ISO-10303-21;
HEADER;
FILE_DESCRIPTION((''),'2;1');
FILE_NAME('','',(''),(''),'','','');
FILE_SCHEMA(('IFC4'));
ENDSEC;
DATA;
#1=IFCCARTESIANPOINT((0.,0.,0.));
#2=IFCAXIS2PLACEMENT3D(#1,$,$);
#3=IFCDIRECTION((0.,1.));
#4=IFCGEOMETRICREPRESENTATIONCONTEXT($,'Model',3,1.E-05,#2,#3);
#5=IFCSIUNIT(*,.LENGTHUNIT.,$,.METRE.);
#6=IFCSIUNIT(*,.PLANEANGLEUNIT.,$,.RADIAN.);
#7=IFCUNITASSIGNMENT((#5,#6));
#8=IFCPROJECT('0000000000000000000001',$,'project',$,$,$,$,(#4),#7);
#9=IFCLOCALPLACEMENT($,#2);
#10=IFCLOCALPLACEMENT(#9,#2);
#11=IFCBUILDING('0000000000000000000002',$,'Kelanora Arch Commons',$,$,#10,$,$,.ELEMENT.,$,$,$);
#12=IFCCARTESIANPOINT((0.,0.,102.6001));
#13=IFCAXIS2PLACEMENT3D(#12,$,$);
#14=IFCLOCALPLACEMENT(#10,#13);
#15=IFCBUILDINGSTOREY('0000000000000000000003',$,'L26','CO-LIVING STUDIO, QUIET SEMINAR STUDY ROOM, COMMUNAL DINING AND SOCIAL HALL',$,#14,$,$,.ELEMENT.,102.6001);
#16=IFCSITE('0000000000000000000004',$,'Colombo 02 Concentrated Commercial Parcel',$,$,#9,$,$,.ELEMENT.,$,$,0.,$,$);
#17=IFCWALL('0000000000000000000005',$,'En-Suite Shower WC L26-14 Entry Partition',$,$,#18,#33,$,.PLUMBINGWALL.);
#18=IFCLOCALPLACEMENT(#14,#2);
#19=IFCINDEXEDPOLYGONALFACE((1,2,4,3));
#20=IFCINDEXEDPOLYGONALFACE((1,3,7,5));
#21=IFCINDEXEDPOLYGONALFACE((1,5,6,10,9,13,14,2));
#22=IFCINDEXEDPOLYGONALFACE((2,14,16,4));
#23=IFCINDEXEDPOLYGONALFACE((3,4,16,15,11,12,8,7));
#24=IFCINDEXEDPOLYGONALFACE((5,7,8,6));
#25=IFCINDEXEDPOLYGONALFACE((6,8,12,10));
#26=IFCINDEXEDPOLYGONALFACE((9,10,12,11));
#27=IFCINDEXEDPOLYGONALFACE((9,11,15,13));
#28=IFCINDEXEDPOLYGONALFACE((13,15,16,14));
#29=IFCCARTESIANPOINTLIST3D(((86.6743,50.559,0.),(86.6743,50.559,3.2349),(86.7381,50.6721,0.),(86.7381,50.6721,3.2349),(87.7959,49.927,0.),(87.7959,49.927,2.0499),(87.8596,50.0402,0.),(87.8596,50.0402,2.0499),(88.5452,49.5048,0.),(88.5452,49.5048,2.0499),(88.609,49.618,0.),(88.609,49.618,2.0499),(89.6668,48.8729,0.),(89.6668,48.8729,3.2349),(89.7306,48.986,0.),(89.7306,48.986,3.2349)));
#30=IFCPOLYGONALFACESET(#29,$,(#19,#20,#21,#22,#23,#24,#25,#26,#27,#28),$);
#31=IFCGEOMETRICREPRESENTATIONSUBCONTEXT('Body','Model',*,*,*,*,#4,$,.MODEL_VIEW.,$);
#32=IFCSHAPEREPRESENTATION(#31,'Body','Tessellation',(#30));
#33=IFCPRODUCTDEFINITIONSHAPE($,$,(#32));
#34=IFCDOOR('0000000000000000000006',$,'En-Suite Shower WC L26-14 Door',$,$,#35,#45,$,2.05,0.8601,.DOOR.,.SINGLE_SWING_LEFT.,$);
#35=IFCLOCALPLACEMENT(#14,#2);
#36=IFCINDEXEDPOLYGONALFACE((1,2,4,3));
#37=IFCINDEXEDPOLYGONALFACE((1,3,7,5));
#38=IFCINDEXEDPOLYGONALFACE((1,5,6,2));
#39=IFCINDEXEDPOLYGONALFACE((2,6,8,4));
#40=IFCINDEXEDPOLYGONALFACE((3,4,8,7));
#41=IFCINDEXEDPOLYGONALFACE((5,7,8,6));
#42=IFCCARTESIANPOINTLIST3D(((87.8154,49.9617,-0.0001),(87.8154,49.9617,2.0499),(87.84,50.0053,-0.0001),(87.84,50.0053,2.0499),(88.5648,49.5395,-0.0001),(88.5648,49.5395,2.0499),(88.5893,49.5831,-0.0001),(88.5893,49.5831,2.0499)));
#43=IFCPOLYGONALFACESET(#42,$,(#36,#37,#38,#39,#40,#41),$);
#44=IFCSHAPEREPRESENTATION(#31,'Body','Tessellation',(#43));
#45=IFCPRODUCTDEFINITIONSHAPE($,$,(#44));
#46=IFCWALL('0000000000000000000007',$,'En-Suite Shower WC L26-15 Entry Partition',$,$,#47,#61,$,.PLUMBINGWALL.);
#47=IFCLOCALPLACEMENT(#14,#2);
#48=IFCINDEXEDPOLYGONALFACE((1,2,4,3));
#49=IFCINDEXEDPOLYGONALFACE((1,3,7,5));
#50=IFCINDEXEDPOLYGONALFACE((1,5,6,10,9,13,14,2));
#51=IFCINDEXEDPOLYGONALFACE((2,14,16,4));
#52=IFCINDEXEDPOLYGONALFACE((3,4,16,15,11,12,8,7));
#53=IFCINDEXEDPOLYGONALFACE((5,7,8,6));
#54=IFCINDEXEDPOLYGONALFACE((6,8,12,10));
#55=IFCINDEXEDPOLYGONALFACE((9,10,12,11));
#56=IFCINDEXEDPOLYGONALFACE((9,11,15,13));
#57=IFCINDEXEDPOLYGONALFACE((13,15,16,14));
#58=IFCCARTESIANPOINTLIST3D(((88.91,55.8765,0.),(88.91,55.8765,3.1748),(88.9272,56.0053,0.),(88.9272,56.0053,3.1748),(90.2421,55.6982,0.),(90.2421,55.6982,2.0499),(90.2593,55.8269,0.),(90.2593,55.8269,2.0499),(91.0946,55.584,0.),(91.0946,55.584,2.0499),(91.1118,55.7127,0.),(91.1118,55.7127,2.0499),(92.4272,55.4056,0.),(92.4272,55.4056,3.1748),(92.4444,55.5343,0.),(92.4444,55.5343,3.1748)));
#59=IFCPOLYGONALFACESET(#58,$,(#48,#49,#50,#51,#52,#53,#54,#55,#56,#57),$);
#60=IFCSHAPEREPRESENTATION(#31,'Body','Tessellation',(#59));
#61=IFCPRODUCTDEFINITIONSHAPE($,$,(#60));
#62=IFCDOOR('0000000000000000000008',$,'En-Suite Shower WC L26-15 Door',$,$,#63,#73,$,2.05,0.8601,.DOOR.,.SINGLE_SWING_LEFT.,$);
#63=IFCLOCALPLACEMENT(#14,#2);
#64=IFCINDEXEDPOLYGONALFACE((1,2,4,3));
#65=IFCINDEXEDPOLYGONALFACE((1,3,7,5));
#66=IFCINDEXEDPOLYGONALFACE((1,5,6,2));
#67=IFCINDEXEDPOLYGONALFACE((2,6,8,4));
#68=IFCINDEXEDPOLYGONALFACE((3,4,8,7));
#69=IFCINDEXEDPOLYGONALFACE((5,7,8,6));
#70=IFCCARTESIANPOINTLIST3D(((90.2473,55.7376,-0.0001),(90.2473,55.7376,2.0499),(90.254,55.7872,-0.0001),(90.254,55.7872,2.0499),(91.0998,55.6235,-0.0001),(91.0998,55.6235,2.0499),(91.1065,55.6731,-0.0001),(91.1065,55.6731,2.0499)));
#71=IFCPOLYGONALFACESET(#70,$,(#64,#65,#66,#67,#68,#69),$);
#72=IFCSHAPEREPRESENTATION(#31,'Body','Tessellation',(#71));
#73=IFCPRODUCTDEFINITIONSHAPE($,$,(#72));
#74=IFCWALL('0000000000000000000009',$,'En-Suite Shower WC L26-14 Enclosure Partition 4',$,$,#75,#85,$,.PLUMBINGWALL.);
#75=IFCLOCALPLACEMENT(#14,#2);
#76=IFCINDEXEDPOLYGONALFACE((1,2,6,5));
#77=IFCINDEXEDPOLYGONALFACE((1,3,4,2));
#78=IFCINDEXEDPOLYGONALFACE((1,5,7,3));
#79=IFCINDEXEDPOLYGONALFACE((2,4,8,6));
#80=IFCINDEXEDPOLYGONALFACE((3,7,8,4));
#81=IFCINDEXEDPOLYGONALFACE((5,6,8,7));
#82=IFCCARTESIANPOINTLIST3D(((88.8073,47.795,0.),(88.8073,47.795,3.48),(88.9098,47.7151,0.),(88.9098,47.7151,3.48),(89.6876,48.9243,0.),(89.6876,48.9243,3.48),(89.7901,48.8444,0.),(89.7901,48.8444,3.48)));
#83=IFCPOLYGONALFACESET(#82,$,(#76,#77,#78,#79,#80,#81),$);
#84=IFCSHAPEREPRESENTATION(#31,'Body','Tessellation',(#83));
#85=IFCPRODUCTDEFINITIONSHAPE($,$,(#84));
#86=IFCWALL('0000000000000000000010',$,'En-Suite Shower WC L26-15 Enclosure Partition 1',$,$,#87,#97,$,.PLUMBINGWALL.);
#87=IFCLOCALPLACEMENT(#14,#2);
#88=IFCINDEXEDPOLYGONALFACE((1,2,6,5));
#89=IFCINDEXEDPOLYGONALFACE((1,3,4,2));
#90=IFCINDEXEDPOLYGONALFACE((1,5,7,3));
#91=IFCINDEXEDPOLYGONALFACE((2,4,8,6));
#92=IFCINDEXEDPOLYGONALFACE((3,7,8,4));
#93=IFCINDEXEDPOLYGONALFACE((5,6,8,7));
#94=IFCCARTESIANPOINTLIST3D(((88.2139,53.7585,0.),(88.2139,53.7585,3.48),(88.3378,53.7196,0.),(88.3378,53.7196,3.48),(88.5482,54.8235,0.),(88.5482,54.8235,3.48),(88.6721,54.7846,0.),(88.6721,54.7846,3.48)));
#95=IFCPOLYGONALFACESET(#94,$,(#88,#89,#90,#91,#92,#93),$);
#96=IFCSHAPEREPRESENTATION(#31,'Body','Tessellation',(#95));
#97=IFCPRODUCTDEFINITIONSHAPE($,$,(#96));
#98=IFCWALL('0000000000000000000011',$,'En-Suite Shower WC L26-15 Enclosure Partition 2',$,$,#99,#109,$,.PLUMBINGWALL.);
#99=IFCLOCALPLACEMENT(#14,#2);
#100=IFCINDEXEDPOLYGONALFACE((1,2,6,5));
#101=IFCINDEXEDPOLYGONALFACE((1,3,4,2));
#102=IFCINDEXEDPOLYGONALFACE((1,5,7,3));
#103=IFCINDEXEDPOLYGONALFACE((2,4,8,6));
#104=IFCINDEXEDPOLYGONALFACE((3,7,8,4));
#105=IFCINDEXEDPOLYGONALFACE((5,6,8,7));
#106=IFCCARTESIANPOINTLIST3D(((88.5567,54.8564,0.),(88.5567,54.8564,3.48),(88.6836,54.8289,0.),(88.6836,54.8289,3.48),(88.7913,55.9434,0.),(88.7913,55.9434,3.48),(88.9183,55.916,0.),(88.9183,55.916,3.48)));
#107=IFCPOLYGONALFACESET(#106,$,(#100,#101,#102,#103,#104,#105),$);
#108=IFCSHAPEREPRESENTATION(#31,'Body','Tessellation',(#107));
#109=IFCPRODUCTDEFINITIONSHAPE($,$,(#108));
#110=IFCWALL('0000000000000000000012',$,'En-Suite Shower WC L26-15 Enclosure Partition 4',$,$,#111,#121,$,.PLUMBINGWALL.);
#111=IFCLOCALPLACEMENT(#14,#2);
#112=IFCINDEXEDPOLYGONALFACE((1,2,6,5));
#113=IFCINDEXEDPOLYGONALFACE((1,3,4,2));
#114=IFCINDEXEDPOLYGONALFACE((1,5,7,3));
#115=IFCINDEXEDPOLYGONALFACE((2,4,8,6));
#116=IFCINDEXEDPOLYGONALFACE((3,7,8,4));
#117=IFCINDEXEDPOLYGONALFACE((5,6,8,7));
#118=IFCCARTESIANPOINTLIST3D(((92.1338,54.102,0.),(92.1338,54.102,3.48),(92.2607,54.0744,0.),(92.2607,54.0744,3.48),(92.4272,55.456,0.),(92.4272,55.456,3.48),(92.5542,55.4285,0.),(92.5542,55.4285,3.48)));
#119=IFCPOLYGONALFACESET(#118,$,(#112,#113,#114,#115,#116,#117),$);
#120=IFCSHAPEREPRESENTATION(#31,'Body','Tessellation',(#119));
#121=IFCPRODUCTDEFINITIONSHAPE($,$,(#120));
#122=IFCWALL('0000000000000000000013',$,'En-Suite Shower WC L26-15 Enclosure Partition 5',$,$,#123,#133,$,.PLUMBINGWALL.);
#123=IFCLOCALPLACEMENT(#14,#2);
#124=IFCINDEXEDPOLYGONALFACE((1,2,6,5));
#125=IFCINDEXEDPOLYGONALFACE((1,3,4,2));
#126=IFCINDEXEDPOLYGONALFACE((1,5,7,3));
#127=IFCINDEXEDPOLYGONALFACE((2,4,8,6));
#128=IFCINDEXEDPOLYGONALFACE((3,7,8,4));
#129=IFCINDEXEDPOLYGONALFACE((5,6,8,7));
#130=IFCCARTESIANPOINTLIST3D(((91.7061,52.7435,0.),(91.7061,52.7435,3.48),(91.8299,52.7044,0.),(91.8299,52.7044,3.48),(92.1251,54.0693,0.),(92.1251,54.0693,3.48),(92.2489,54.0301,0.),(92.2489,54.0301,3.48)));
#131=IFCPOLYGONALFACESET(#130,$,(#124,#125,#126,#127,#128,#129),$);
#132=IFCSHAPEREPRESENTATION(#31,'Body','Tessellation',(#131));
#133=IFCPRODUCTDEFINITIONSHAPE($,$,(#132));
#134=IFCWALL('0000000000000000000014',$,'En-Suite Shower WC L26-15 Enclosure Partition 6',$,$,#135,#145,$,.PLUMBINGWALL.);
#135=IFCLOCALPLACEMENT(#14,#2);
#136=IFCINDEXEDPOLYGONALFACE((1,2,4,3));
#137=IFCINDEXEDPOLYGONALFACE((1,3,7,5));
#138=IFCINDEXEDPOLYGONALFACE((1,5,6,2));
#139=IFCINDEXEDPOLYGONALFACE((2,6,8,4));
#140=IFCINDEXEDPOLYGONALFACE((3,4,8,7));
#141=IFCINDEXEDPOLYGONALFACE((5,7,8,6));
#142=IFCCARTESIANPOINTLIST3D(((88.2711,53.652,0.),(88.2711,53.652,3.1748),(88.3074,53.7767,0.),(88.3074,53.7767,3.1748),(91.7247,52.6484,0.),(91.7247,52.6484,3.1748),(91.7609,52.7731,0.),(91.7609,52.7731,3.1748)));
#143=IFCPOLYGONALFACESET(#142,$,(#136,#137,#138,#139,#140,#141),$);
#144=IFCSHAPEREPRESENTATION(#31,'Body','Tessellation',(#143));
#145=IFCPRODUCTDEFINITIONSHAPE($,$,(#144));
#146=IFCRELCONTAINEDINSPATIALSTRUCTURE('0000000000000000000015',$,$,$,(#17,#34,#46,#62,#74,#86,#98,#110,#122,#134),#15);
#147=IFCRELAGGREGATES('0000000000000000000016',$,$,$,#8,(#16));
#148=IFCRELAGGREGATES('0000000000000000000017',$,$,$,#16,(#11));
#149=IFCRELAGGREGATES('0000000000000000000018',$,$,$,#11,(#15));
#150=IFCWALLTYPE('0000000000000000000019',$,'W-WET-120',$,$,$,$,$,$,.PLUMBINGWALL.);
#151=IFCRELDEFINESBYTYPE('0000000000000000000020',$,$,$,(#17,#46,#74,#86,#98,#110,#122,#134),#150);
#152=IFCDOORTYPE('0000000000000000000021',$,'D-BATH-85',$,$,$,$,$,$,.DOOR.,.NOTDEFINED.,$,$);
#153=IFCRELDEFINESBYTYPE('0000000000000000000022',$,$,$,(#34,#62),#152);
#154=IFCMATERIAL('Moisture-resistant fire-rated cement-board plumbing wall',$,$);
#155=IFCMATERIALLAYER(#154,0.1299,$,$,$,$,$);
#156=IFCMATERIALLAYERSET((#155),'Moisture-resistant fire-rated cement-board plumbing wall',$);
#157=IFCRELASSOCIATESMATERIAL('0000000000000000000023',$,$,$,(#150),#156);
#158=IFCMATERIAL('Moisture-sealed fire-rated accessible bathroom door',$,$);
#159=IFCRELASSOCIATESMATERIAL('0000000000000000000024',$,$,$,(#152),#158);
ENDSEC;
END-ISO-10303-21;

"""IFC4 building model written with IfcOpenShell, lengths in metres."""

from ifc_helpers import new_model, si_unit, direction, frame, frame_2d, origin, place, context, subcontext, project, spatial, rectangle, extrude, material, layer, layer_set, type_object, element, fill, save


model = new_model("IFC4")

# Units and contexts
model_context = context("Model", 3, precision=1e-05, world=origin(), true_north=direction((0.0, 1.0)))
body_context = subcontext(model_context, "Body", "Model", "MODEL_VIEW")
ifc_project = project(units=[si_unit("LENGTHUNIT", "METRE"), si_unit("PLANEANGLEUNIT", "RADIAN")], contexts=[model_context])

# Site, building, storey
site_placement = place(None, origin())
site = spatial("IfcSite", under=ifc_project, at=site_placement, Name="Colombo 02 Concentrated Commercial Parcel", CompositionType="ELEMENT", RefElevation=0.0)
building_placement = place(site_placement, origin())
building = spatial("IfcBuilding", under=site, at=building_placement, Name="Kelanora Arch Commons", CompositionType="ELEMENT")
storey_placement = place(building_placement, frame((0.0, 0.0, 102.6001)))
storey = spatial("IfcBuildingStorey", under=building, at=storey_placement, Name="L26", Description="CO-LIVING STUDIO, QUIET SEMINAR STUDY ROOM, COMMUNAL DINING AND SOCIAL HALL", CompositionType="ELEMENT", Elevation=102.6001)

# Walls, openings, doors
ifc_material_1 = material(Name="Moisture-resistant fire-rated cement-board plumbing wall")
ifc_layer_1 = layer(ifc_material_1, 0.1299)
ifc_layer_set_1 = layer_set([ifc_layer_1], Name="Moisture-resistant fire-rated cement-board plumbing wall")
wall_type_1 = type_object("IfcWallType", Name="W-WET-120", PredefinedType="PLUMBINGWALL", material=ifc_layer_set_1)
wall_1_placement = place(storey_placement, frame((86.7063, 50.6155, 0.0), z_axis=(0.0, 0.0, 1.0), x_axis=(0.871228, -0.490879, 0.0)))
wall_1 = element("IfcWall", 1, at=wall_1_placement, inside=storey, type_object=wall_type_1, Name="En-Suite Shower WC L26-14 Entry Partition", PredefinedType="PLUMBINGWALL", context=body_context, shape_type="SweptSolid", body=[
    extrude(rectangle(XDim=3.4348, YDim=0.1299, at=frame_2d((1.7173, 0.0))), origin(), (0.0, 0.0, 1.0), 3.2349),
])
opening_1_placement = place(wall_1_placement, frame((1.2871, 0.0, 0.0)))
opening_1 = element("IfcOpeningElement", 2, at=opening_1_placement, cuts=wall_1, PredefinedType="OPENING", context=body_context, shape_type="SweptSolid", body=[
    extrude(rectangle(XDim=0.8601, YDim=2.05, at=frame_2d((0.4302, 1.0249))), frame((0.0, 0.075, 0.0), z_axis=(0.0, -1.0, 0.0), x_axis=(1.0, 0.0, 0.0)), (0.0, 0.0, 1.0), 0.1499),
])
ifc_material_2 = material(Name="Moisture-sealed fire-rated accessible bathroom door")
door_type_1 = type_object("IfcDoorType", Name="D-BATH-85", OperationType="NOTDEFINED", PredefinedType="DOOR", material=ifc_material_2)
door_1_placement = place(opening_1_placement, origin())
door_1 = element("IfcDoor", 3, at=door_1_placement, inside=storey, type_object=door_type_1, Name="En-Suite Shower WC L26-14 Door", OperationType="SINGLE_SWING_LEFT", OverallHeight=2.05, OverallWidth=0.8601, PredefinedType="DOOR", context=body_context, shape_type="SweptSolid", body=[
    extrude(rectangle(XDim=0.8601, YDim=2.05, at=frame_2d((0.4302, 1.0249))), frame((0.0, 0.0249, 0.0), z_axis=(0.0, -1.0, 0.0), x_axis=(1.0, 0.0, 0.0)), (0.0, 0.0, 1.0), 0.05),
])
fill(opening_1, door_1)
wall_2_placement = place(storey_placement, frame((88.9185, 55.9409, 0.0), z_axis=(0.0, 0.0, 1.0), x_axis=(0.991154, -0.132718, 0.0)))
wall_2 = element("IfcWall", 4, at=wall_2_placement, inside=storey, type_object=wall_type_1, Name="En-Suite Shower WC L26-15 Entry Partition", PredefinedType="PLUMBINGWALL", context=body_context, shape_type="SweptSolid", body=[
    extrude(rectangle(XDim=3.5486, YDim=0.1299, at=frame_2d((1.7744, 0.0))), origin(), (0.0, 0.0, 1.0), 3.1748),
])
opening_2_placement = place(wall_2_placement, frame((1.344, 0.0, 0.0)))
opening_2 = element("IfcOpeningElement", 5, at=opening_2_placement, cuts=wall_2, PredefinedType="OPENING", context=body_context, shape_type="SweptSolid", body=[
    extrude(rectangle(XDim=0.8601, YDim=2.05, at=frame_2d((0.4302, 1.0249))), frame((0.0, 0.075, 0.0), z_axis=(0.0, -1.0, 0.0), x_axis=(1.0, 0.0, 0.0)), (0.0, 0.0, 1.0), 0.1499),
])
door_2_placement = place(opening_2_placement, origin())
door_2 = element("IfcDoor", 6, at=door_2_placement, inside=storey, type_object=door_type_1, Name="En-Suite Shower WC L26-15 Door", OperationType="SINGLE_SWING_LEFT", OverallHeight=2.05, OverallWidth=0.8601, PredefinedType="DOOR", context=body_context, shape_type="SweptSolid", body=[
    extrude(rectangle(XDim=0.8601, YDim=2.05, at=frame_2d((0.4302, 1.0249))), frame((0.0, 0.0249, 0.0), z_axis=(0.0, -1.0, 0.0), x_axis=(1.0, 0.0, 0.0)), (0.0, 0.0, 1.0), 0.05),
])
fill(opening_2, door_2)

# Walls
wall_3_placement = place(storey_placement, frame((89.7388, 48.8843, 0.0), z_axis=(0.0, 0.0, 1.0), x_axis=(-0.61479, -0.788691, 0.0)))
element("IfcWall", 7, at=wall_3_placement, inside=storey, type_object=wall_type_1, Name="En-Suite Shower WC L26-14 Enclosure Partition 4", PredefinedType="PLUMBINGWALL", context=body_context, shape_type="SweptSolid", body=[
    extrude(rectangle(XDim=1.4319, YDim=0.1299, at=frame_2d((0.7158, 0.0))), origin(), (0.0, 0.0, 1.0), 3.48),
])
wall_4_placement = place(storey_placement, frame((88.2759, 53.739, 0.0), z_axis=(0.0, 0.0, 1.0), x_axis=(0.299445, 0.954113, 0.0)))
element("IfcWall", 8, at=wall_4_placement, inside=storey, type_object=wall_type_1, Name="En-Suite Shower WC L26-15 Enclosure Partition 1", PredefinedType="PLUMBINGWALL", context=body_context, shape_type="SweptSolid", body=[
    extrude(rectangle(XDim=1.1162, YDim=0.1299, at=frame_2d((0.5581, 0.0))), origin(), (0.0, 0.0, 1.0), 3.48),
])
wall_5_placement = place(storey_placement, frame((88.6201, 54.8425, 0.0), z_axis=(0.0, 0.0, 1.0), x_axis=(0.210998, 0.977486, 0.0)))
element("IfcWall", 9, at=wall_5_placement, inside=storey, type_object=wall_type_1, Name="En-Suite Shower WC L26-15 Enclosure Partition 2", PredefinedType="PLUMBINGWALL", context=body_context, shape_type="SweptSolid", body=[
    extrude(rectangle(XDim=1.1121, YDim=0.1299, at=frame_2d((0.5562, 0.0))), origin(), (0.0, 0.0, 1.0), 3.48),
])
wall_6_placement = place(storey_placement, frame((92.4907, 55.4424, 0.0), z_axis=(0.0, 0.0, 1.0), x_axis=(-0.211815, -0.97731, 0.0)))
element("IfcWall", 10, at=wall_6_placement, inside=storey, type_object=wall_type_1, Name="En-Suite Shower WC L26-15 Enclosure Partition 4", PredefinedType="PLUMBINGWALL", context=body_context, shape_type="SweptSolid", body=[
    extrude(rectangle(XDim=1.3855, YDim=0.1299, at=frame_2d((0.6929, 0.0))), origin(), (0.0, 0.0, 1.0), 3.48),
])
wall_7_placement = place(storey_placement, frame((92.187, 54.0498, 0.0), z_axis=(0.0, 0.0, 1.0), x_axis=(-0.301333, -0.953519, 0.0)))
element("IfcWall", 11, at=wall_7_placement, inside=storey, type_object=wall_type_1, Name="En-Suite Shower WC L26-15 Enclosure Partition 5", PredefinedType="PLUMBINGWALL", context=body_context, shape_type="SweptSolid", body=[
    extrude(rectangle(XDim=1.3904, YDim=0.1299, at=frame_2d((0.6953, 0.0))), origin(), (0.0, 0.0, 1.0), 3.48),
])
wall_8_placement = place(storey_placement, frame((91.7429, 52.7107, 0.0), z_axis=(0.0, 0.0, 1.0), x_axis=(-0.960272, 0.279067, 0.0)))
element("IfcWall", 12, at=wall_8_placement, inside=storey, type_object=wall_type_1, Name="En-Suite Shower WC L26-15 Enclosure Partition 6", PredefinedType="PLUMBINGWALL", context=body_context, shape_type="SweptSolid", body=[
    extrude(rectangle(XDim=3.5964, YDim=0.1299, at=frame_2d((1.7983, 0.0))), origin(), (0.0, 0.0, 1.0), 3.1748),
])

save(model, "model.ifc")
